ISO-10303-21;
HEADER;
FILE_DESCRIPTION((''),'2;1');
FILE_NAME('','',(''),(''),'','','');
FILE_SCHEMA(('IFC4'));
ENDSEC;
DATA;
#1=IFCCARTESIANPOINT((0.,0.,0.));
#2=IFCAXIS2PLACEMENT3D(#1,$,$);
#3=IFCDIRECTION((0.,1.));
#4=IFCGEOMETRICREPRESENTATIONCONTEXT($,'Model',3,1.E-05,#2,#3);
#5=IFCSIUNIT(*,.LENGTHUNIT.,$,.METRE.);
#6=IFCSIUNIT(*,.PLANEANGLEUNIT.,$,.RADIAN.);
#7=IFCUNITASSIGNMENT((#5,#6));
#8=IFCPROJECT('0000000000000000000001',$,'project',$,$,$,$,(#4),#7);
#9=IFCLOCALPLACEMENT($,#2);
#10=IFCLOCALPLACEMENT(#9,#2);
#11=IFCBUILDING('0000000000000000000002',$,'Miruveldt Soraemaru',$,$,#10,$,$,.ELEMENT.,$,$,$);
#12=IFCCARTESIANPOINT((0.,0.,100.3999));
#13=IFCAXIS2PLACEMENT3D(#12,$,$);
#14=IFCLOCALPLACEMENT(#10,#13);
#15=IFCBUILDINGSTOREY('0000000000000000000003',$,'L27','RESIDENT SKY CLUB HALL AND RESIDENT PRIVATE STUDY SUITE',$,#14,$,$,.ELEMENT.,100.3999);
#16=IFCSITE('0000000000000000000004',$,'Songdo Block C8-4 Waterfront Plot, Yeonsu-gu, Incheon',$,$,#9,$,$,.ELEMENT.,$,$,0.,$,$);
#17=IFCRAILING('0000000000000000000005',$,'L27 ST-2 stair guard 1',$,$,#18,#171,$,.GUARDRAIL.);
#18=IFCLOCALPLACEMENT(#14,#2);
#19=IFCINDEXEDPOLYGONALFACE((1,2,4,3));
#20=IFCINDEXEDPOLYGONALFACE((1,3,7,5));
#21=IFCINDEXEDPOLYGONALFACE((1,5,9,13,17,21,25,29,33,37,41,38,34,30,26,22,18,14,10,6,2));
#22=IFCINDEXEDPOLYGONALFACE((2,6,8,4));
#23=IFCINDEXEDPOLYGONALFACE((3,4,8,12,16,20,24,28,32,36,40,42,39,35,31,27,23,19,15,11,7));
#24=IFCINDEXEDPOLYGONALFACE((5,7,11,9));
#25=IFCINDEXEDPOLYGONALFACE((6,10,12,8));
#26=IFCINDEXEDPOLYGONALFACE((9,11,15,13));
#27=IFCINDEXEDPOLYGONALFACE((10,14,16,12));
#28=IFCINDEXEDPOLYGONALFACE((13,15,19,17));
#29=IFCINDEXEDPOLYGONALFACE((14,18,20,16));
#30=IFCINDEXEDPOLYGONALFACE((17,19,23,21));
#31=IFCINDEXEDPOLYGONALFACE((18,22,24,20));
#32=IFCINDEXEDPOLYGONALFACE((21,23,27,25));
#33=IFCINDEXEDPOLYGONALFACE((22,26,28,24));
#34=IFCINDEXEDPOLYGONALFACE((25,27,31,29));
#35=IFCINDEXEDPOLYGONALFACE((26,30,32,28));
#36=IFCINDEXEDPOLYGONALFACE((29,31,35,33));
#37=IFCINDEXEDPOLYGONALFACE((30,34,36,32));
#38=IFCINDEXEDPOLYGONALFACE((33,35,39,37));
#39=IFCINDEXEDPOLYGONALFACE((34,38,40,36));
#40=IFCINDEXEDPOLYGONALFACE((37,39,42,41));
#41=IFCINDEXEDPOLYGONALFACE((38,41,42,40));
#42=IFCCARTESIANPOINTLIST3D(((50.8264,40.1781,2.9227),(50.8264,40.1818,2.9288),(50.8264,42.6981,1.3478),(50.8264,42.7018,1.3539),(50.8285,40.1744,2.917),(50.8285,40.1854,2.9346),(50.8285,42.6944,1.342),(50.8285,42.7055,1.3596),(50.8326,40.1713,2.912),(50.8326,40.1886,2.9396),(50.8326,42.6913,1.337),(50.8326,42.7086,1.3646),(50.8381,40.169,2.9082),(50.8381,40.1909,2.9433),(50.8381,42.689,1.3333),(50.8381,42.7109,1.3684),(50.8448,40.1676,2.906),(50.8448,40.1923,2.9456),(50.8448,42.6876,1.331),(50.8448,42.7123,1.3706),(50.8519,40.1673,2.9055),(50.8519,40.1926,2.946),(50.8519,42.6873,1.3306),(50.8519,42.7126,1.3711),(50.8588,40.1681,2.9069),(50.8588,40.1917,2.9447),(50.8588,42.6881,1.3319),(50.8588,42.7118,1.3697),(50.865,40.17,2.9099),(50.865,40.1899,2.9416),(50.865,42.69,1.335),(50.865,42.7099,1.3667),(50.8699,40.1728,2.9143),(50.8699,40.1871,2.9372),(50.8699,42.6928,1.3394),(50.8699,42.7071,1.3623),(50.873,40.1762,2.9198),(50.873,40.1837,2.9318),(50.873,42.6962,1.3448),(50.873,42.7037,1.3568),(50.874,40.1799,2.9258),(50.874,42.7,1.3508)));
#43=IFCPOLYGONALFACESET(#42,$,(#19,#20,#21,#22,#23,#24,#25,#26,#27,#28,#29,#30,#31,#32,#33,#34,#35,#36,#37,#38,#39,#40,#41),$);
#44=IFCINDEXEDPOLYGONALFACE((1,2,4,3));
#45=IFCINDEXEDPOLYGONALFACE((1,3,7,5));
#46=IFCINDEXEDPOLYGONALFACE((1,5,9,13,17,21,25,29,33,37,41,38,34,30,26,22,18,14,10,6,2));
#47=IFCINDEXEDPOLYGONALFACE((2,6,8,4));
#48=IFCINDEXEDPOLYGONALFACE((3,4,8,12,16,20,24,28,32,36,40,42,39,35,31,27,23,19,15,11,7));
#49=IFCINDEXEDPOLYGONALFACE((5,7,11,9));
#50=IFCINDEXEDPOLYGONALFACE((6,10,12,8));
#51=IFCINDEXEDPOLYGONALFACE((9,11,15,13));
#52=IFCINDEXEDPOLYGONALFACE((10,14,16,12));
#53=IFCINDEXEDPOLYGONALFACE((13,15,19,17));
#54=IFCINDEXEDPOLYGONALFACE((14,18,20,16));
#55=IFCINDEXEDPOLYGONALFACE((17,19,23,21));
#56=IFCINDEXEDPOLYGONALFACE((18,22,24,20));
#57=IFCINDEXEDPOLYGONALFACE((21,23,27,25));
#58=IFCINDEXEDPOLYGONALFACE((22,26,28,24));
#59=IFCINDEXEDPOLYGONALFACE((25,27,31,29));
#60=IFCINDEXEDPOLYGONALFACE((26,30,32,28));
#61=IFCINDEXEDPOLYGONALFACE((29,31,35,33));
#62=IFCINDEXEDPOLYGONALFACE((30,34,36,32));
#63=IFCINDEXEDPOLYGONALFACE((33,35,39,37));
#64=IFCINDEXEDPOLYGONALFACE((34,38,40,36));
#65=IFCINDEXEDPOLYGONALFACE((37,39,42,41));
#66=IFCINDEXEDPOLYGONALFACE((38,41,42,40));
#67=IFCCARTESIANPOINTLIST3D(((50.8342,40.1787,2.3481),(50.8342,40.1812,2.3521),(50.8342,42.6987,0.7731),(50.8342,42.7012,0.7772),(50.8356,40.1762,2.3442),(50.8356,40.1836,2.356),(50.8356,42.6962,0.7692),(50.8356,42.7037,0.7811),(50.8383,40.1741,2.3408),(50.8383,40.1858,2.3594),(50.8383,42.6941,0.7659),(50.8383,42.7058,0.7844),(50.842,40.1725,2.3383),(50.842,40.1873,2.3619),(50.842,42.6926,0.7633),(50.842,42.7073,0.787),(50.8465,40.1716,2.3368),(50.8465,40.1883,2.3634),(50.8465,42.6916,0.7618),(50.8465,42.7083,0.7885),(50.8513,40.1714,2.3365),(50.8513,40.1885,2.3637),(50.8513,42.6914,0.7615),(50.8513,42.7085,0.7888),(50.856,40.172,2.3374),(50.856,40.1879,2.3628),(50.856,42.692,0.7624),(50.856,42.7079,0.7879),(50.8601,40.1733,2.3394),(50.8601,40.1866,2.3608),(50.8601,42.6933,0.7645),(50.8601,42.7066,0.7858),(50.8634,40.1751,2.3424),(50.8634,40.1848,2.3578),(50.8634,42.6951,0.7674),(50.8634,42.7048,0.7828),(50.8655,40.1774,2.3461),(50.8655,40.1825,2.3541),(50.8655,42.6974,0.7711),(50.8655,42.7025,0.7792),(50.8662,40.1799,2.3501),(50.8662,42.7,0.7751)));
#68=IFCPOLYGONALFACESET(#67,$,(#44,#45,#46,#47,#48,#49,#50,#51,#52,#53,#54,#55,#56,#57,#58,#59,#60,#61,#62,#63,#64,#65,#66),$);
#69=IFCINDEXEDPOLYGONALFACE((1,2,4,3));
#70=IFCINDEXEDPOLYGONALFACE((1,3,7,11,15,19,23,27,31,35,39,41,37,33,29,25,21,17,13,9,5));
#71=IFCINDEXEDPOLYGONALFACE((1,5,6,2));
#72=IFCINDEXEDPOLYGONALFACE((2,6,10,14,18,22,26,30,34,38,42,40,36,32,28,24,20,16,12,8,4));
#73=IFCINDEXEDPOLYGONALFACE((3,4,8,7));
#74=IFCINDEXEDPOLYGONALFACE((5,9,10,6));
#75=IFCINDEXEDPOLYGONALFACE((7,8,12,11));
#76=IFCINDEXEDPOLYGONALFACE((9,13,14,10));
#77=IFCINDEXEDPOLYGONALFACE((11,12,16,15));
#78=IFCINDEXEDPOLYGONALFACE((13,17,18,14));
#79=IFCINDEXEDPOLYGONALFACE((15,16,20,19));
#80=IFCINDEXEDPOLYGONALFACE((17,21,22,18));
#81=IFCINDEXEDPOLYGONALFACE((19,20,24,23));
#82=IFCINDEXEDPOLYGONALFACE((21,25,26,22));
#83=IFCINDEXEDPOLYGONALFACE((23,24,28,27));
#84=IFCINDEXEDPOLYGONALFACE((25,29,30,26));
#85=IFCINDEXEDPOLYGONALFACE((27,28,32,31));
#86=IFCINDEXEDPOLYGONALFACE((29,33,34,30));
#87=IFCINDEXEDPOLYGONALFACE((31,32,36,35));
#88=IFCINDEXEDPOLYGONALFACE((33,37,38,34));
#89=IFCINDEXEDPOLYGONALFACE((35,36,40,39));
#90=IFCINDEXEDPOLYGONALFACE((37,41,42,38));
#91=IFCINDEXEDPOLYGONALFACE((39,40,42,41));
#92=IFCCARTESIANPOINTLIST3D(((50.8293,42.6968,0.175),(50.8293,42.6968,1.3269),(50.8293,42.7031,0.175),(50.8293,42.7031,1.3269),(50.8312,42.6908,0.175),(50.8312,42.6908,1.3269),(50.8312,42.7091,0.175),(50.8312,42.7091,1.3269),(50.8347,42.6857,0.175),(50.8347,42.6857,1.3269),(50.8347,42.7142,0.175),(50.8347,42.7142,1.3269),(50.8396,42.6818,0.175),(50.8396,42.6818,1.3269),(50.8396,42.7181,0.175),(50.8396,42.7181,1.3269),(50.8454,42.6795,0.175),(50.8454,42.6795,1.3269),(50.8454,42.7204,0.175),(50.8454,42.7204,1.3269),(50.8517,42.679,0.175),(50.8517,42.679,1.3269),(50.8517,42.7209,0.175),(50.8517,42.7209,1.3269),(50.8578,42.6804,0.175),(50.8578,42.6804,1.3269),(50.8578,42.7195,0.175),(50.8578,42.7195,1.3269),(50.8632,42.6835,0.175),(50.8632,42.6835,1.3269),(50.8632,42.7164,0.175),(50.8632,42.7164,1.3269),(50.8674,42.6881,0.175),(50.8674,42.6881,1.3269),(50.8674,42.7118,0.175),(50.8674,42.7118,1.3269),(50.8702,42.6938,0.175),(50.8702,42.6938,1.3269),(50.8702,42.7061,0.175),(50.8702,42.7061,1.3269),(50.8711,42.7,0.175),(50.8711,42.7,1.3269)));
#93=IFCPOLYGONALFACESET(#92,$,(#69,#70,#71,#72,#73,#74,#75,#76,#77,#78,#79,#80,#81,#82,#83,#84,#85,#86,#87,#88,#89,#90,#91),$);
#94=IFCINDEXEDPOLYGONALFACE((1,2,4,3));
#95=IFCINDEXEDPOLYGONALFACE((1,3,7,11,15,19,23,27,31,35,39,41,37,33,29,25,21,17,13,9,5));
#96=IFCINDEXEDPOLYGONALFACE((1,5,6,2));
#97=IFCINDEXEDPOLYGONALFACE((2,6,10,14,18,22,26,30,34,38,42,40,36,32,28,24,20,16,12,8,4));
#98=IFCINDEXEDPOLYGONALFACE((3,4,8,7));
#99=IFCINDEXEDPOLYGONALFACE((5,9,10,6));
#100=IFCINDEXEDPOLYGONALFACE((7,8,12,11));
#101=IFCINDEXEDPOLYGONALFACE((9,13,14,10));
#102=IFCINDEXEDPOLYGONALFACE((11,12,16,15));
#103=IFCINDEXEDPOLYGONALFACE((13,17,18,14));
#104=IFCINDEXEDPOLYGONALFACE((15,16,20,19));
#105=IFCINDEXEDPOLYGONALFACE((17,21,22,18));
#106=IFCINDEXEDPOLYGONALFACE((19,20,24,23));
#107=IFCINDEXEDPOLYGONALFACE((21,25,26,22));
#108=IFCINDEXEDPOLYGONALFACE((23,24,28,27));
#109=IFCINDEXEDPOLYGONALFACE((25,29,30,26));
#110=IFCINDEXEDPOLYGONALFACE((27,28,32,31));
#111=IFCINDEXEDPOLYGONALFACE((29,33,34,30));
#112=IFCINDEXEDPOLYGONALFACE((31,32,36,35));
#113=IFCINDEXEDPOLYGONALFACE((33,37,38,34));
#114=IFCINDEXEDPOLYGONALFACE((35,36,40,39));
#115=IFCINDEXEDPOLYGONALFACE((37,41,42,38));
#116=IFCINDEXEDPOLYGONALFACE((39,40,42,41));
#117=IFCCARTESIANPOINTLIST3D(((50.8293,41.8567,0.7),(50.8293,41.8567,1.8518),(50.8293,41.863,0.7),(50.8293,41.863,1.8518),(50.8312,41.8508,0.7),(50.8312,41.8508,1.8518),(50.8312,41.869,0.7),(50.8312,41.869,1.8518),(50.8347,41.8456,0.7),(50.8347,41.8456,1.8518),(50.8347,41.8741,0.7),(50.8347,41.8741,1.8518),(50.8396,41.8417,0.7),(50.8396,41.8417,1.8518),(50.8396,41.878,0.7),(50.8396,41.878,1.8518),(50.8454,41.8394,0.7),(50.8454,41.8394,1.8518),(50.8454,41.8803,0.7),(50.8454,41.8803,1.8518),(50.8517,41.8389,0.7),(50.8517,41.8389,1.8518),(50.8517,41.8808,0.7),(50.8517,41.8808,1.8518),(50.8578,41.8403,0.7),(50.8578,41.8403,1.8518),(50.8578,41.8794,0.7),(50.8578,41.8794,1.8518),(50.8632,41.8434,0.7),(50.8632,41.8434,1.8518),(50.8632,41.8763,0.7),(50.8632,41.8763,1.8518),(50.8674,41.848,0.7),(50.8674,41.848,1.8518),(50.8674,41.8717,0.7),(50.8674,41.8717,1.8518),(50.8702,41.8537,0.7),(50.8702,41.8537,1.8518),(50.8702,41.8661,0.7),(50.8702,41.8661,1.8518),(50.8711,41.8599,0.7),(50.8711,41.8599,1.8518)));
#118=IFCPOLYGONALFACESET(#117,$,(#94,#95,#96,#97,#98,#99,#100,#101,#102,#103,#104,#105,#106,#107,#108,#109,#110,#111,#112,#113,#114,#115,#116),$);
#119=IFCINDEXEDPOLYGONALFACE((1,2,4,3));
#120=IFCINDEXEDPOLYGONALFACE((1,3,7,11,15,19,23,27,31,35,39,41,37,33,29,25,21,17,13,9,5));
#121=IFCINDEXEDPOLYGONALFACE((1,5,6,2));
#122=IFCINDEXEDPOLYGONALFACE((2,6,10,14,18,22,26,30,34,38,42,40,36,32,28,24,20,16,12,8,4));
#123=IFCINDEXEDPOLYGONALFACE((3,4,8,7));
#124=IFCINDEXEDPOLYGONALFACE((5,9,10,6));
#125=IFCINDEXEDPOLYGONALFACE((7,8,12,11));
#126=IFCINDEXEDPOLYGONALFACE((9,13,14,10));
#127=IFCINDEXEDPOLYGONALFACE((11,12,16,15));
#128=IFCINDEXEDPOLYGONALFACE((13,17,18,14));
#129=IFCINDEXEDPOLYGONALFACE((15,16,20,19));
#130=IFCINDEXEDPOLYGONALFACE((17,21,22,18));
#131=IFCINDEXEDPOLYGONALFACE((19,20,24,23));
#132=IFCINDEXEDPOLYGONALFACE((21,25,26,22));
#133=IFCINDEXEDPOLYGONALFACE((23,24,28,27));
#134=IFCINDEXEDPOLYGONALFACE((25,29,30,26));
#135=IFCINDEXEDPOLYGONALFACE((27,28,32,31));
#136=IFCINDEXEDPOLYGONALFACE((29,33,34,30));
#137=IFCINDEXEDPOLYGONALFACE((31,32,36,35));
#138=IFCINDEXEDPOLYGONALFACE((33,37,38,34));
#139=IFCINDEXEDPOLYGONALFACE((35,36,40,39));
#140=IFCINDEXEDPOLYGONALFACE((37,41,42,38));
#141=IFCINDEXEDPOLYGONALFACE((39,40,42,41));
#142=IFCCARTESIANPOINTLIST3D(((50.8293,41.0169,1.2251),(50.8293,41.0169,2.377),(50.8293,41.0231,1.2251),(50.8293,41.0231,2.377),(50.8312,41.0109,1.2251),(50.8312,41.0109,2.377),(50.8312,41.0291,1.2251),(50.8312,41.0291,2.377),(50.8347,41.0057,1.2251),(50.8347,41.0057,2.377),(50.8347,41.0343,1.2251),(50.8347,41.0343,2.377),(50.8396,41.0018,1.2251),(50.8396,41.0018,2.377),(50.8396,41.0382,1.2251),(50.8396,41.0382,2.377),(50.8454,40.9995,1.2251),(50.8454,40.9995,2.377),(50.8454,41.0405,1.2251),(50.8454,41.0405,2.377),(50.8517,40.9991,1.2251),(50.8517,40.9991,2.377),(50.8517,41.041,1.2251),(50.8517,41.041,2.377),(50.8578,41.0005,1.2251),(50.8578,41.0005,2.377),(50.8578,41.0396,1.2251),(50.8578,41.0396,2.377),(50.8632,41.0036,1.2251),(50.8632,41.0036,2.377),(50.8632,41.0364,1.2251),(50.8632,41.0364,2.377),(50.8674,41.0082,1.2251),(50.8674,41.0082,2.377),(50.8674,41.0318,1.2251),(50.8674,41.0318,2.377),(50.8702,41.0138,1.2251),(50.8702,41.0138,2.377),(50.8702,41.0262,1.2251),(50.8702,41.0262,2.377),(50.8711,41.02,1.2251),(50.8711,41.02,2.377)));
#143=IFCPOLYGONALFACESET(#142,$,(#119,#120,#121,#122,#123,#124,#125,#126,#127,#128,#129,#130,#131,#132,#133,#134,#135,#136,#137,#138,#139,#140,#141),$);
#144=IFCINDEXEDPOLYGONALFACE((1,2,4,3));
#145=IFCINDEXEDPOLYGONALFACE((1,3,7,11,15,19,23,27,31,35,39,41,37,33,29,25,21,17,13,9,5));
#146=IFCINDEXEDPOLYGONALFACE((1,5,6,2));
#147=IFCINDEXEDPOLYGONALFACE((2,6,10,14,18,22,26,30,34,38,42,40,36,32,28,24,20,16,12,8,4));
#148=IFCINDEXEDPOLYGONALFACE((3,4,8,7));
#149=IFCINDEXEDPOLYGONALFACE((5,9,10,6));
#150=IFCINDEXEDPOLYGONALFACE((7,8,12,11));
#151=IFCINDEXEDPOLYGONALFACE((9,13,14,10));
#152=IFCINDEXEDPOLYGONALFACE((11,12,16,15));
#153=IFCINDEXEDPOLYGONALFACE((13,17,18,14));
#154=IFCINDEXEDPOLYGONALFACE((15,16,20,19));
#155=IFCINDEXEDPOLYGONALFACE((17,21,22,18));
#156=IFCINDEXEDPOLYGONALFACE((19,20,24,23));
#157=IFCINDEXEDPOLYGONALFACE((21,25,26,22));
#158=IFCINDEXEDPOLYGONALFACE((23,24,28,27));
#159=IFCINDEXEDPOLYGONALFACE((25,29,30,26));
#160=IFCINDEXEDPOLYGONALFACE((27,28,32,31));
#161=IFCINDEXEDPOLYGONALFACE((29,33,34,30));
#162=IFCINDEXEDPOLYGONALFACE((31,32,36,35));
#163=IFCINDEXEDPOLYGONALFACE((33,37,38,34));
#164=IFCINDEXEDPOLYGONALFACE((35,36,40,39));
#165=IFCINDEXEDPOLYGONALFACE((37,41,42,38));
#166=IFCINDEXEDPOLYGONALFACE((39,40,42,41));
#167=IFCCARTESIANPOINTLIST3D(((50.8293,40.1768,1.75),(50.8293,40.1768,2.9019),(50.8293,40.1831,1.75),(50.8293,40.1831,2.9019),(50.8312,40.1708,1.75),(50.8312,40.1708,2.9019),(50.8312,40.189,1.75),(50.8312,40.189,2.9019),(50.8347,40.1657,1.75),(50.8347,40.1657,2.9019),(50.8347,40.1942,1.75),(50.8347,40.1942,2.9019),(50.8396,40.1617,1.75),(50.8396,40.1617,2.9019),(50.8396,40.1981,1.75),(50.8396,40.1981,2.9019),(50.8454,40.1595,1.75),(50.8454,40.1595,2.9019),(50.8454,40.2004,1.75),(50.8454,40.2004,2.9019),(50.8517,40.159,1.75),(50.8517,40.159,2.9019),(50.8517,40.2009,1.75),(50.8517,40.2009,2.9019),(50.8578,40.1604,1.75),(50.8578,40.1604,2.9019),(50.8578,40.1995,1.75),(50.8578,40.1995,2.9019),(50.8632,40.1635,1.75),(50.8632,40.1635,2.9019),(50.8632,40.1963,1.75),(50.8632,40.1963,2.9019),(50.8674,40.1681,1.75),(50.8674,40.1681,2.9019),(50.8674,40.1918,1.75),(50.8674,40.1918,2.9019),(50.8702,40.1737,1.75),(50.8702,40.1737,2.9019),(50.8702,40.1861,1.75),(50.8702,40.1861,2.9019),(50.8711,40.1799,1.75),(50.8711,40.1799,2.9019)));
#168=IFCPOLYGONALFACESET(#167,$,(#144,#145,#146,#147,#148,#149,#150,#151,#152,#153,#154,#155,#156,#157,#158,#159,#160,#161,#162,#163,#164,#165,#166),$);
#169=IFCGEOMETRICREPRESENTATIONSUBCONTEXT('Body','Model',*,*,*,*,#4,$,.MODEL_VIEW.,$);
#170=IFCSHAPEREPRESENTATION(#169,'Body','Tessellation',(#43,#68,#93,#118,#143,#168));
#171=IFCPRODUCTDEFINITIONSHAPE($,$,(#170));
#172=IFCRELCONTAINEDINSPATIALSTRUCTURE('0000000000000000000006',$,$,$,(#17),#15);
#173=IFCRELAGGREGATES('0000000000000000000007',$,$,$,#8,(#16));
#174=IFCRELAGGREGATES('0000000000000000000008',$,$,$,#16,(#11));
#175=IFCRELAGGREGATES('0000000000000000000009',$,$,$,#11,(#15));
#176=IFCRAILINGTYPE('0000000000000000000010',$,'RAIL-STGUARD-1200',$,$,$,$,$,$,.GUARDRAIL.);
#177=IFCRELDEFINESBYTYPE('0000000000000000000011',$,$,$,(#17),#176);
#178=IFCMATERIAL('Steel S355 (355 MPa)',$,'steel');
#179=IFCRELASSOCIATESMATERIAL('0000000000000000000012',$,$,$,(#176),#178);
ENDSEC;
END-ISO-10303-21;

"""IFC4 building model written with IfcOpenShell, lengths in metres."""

from ifc_helpers import new_model, si_unit, direction, frame, origin, origin_2d, place, context, subcontext, project, spatial, circle, extrude, material, type_object, element, save


model = new_model("IFC4")

# Units and contexts
model_context = context("Model", 3, precision=1e-05, world=origin(), true_north=direction((0.0, 1.0)))
body_context = subcontext(model_context, "Body", "Model", "MODEL_VIEW")
ifc_project = project(units=[si_unit("LENGTHUNIT", "METRE"), si_unit("PLANEANGLEUNIT", "RADIAN")], contexts=[model_context])

# Site, building, storey
site_placement = place(None, origin())
site = spatial("IfcSite", under=ifc_project, at=site_placement, Name="Songdo Block C8-4 Waterfront Plot, Yeonsu-gu, Incheon", CompositionType="ELEMENT", RefElevation=0.0)
building_placement = place(site_placement, origin())
building = spatial("IfcBuilding", under=site, at=building_placement, Name="Miruveldt Soraemaru", CompositionType="ELEMENT")
storey_placement = place(building_placement, frame((0.0, 0.0, 100.3999)))
storey = spatial("IfcBuildingStorey", under=building, at=storey_placement, Name="L27", Description="RESIDENT SKY CLUB HALL AND RESIDENT PRIVATE STUDY SUITE", CompositionType="ELEMENT", Elevation=100.3999)

# Railing
ifc_material_1 = material(Name="Steel S355 (355 MPa)", Category="steel")
railing_type_1 = type_object("IfcRailingType", Name="RAIL-STGUARD-1200", PredefinedType="GUARDRAIL", material=ifc_material_1)
railing_1_placement = place(storey_placement, frame((50.8501, 42.7, 0.175)))
element("IfcRailing", 1, at=railing_1_placement, inside=storey, type_object=railing_type_1, Name="L27 ST-2 stair guard 1", PredefinedType="GUARDRAIL", context=body_context, shape_type="SweptSolid", body=[
    extrude(circle(Radius=0.0239, at=origin_2d()), frame((0.0, 0.0, 1.1758), z_axis=(0.0, -0.848008, 0.529984), x_axis=(1.0, 0.0, 0.0)), (0.0, 0.0, 1.0), 2.9717),
    extrude(circle(Radius=0.0161, at=origin_2d()), frame((0.0, 0.0, 0.6001), z_axis=(0.0, -0.848008, 0.529984), x_axis=(1.0, 0.0, 0.0)), (0.0, 0.0, 1.0), 2.9717),
    extrude(circle(Radius=0.021, at=origin_2d()), origin(), (0.0, 0.0, 1.0), 1.1519),
    extrude(circle(Radius=0.021, at=origin_2d()), frame((0.0, -0.8401, 0.5249)), (0.0, 0.0, 1.0), 1.1519),
    extrude(circle(Radius=0.021, at=origin_2d()), frame((0.0, -1.6799, 1.05)), (0.0, 0.0, 1.0), 1.1519),
    extrude(circle(Radius=0.021, at=origin_2d()), frame((0.0, -2.52, 1.575)), (0.0, 0.0, 1.0), 1.1519),
])

save(model, "model.ifc")
